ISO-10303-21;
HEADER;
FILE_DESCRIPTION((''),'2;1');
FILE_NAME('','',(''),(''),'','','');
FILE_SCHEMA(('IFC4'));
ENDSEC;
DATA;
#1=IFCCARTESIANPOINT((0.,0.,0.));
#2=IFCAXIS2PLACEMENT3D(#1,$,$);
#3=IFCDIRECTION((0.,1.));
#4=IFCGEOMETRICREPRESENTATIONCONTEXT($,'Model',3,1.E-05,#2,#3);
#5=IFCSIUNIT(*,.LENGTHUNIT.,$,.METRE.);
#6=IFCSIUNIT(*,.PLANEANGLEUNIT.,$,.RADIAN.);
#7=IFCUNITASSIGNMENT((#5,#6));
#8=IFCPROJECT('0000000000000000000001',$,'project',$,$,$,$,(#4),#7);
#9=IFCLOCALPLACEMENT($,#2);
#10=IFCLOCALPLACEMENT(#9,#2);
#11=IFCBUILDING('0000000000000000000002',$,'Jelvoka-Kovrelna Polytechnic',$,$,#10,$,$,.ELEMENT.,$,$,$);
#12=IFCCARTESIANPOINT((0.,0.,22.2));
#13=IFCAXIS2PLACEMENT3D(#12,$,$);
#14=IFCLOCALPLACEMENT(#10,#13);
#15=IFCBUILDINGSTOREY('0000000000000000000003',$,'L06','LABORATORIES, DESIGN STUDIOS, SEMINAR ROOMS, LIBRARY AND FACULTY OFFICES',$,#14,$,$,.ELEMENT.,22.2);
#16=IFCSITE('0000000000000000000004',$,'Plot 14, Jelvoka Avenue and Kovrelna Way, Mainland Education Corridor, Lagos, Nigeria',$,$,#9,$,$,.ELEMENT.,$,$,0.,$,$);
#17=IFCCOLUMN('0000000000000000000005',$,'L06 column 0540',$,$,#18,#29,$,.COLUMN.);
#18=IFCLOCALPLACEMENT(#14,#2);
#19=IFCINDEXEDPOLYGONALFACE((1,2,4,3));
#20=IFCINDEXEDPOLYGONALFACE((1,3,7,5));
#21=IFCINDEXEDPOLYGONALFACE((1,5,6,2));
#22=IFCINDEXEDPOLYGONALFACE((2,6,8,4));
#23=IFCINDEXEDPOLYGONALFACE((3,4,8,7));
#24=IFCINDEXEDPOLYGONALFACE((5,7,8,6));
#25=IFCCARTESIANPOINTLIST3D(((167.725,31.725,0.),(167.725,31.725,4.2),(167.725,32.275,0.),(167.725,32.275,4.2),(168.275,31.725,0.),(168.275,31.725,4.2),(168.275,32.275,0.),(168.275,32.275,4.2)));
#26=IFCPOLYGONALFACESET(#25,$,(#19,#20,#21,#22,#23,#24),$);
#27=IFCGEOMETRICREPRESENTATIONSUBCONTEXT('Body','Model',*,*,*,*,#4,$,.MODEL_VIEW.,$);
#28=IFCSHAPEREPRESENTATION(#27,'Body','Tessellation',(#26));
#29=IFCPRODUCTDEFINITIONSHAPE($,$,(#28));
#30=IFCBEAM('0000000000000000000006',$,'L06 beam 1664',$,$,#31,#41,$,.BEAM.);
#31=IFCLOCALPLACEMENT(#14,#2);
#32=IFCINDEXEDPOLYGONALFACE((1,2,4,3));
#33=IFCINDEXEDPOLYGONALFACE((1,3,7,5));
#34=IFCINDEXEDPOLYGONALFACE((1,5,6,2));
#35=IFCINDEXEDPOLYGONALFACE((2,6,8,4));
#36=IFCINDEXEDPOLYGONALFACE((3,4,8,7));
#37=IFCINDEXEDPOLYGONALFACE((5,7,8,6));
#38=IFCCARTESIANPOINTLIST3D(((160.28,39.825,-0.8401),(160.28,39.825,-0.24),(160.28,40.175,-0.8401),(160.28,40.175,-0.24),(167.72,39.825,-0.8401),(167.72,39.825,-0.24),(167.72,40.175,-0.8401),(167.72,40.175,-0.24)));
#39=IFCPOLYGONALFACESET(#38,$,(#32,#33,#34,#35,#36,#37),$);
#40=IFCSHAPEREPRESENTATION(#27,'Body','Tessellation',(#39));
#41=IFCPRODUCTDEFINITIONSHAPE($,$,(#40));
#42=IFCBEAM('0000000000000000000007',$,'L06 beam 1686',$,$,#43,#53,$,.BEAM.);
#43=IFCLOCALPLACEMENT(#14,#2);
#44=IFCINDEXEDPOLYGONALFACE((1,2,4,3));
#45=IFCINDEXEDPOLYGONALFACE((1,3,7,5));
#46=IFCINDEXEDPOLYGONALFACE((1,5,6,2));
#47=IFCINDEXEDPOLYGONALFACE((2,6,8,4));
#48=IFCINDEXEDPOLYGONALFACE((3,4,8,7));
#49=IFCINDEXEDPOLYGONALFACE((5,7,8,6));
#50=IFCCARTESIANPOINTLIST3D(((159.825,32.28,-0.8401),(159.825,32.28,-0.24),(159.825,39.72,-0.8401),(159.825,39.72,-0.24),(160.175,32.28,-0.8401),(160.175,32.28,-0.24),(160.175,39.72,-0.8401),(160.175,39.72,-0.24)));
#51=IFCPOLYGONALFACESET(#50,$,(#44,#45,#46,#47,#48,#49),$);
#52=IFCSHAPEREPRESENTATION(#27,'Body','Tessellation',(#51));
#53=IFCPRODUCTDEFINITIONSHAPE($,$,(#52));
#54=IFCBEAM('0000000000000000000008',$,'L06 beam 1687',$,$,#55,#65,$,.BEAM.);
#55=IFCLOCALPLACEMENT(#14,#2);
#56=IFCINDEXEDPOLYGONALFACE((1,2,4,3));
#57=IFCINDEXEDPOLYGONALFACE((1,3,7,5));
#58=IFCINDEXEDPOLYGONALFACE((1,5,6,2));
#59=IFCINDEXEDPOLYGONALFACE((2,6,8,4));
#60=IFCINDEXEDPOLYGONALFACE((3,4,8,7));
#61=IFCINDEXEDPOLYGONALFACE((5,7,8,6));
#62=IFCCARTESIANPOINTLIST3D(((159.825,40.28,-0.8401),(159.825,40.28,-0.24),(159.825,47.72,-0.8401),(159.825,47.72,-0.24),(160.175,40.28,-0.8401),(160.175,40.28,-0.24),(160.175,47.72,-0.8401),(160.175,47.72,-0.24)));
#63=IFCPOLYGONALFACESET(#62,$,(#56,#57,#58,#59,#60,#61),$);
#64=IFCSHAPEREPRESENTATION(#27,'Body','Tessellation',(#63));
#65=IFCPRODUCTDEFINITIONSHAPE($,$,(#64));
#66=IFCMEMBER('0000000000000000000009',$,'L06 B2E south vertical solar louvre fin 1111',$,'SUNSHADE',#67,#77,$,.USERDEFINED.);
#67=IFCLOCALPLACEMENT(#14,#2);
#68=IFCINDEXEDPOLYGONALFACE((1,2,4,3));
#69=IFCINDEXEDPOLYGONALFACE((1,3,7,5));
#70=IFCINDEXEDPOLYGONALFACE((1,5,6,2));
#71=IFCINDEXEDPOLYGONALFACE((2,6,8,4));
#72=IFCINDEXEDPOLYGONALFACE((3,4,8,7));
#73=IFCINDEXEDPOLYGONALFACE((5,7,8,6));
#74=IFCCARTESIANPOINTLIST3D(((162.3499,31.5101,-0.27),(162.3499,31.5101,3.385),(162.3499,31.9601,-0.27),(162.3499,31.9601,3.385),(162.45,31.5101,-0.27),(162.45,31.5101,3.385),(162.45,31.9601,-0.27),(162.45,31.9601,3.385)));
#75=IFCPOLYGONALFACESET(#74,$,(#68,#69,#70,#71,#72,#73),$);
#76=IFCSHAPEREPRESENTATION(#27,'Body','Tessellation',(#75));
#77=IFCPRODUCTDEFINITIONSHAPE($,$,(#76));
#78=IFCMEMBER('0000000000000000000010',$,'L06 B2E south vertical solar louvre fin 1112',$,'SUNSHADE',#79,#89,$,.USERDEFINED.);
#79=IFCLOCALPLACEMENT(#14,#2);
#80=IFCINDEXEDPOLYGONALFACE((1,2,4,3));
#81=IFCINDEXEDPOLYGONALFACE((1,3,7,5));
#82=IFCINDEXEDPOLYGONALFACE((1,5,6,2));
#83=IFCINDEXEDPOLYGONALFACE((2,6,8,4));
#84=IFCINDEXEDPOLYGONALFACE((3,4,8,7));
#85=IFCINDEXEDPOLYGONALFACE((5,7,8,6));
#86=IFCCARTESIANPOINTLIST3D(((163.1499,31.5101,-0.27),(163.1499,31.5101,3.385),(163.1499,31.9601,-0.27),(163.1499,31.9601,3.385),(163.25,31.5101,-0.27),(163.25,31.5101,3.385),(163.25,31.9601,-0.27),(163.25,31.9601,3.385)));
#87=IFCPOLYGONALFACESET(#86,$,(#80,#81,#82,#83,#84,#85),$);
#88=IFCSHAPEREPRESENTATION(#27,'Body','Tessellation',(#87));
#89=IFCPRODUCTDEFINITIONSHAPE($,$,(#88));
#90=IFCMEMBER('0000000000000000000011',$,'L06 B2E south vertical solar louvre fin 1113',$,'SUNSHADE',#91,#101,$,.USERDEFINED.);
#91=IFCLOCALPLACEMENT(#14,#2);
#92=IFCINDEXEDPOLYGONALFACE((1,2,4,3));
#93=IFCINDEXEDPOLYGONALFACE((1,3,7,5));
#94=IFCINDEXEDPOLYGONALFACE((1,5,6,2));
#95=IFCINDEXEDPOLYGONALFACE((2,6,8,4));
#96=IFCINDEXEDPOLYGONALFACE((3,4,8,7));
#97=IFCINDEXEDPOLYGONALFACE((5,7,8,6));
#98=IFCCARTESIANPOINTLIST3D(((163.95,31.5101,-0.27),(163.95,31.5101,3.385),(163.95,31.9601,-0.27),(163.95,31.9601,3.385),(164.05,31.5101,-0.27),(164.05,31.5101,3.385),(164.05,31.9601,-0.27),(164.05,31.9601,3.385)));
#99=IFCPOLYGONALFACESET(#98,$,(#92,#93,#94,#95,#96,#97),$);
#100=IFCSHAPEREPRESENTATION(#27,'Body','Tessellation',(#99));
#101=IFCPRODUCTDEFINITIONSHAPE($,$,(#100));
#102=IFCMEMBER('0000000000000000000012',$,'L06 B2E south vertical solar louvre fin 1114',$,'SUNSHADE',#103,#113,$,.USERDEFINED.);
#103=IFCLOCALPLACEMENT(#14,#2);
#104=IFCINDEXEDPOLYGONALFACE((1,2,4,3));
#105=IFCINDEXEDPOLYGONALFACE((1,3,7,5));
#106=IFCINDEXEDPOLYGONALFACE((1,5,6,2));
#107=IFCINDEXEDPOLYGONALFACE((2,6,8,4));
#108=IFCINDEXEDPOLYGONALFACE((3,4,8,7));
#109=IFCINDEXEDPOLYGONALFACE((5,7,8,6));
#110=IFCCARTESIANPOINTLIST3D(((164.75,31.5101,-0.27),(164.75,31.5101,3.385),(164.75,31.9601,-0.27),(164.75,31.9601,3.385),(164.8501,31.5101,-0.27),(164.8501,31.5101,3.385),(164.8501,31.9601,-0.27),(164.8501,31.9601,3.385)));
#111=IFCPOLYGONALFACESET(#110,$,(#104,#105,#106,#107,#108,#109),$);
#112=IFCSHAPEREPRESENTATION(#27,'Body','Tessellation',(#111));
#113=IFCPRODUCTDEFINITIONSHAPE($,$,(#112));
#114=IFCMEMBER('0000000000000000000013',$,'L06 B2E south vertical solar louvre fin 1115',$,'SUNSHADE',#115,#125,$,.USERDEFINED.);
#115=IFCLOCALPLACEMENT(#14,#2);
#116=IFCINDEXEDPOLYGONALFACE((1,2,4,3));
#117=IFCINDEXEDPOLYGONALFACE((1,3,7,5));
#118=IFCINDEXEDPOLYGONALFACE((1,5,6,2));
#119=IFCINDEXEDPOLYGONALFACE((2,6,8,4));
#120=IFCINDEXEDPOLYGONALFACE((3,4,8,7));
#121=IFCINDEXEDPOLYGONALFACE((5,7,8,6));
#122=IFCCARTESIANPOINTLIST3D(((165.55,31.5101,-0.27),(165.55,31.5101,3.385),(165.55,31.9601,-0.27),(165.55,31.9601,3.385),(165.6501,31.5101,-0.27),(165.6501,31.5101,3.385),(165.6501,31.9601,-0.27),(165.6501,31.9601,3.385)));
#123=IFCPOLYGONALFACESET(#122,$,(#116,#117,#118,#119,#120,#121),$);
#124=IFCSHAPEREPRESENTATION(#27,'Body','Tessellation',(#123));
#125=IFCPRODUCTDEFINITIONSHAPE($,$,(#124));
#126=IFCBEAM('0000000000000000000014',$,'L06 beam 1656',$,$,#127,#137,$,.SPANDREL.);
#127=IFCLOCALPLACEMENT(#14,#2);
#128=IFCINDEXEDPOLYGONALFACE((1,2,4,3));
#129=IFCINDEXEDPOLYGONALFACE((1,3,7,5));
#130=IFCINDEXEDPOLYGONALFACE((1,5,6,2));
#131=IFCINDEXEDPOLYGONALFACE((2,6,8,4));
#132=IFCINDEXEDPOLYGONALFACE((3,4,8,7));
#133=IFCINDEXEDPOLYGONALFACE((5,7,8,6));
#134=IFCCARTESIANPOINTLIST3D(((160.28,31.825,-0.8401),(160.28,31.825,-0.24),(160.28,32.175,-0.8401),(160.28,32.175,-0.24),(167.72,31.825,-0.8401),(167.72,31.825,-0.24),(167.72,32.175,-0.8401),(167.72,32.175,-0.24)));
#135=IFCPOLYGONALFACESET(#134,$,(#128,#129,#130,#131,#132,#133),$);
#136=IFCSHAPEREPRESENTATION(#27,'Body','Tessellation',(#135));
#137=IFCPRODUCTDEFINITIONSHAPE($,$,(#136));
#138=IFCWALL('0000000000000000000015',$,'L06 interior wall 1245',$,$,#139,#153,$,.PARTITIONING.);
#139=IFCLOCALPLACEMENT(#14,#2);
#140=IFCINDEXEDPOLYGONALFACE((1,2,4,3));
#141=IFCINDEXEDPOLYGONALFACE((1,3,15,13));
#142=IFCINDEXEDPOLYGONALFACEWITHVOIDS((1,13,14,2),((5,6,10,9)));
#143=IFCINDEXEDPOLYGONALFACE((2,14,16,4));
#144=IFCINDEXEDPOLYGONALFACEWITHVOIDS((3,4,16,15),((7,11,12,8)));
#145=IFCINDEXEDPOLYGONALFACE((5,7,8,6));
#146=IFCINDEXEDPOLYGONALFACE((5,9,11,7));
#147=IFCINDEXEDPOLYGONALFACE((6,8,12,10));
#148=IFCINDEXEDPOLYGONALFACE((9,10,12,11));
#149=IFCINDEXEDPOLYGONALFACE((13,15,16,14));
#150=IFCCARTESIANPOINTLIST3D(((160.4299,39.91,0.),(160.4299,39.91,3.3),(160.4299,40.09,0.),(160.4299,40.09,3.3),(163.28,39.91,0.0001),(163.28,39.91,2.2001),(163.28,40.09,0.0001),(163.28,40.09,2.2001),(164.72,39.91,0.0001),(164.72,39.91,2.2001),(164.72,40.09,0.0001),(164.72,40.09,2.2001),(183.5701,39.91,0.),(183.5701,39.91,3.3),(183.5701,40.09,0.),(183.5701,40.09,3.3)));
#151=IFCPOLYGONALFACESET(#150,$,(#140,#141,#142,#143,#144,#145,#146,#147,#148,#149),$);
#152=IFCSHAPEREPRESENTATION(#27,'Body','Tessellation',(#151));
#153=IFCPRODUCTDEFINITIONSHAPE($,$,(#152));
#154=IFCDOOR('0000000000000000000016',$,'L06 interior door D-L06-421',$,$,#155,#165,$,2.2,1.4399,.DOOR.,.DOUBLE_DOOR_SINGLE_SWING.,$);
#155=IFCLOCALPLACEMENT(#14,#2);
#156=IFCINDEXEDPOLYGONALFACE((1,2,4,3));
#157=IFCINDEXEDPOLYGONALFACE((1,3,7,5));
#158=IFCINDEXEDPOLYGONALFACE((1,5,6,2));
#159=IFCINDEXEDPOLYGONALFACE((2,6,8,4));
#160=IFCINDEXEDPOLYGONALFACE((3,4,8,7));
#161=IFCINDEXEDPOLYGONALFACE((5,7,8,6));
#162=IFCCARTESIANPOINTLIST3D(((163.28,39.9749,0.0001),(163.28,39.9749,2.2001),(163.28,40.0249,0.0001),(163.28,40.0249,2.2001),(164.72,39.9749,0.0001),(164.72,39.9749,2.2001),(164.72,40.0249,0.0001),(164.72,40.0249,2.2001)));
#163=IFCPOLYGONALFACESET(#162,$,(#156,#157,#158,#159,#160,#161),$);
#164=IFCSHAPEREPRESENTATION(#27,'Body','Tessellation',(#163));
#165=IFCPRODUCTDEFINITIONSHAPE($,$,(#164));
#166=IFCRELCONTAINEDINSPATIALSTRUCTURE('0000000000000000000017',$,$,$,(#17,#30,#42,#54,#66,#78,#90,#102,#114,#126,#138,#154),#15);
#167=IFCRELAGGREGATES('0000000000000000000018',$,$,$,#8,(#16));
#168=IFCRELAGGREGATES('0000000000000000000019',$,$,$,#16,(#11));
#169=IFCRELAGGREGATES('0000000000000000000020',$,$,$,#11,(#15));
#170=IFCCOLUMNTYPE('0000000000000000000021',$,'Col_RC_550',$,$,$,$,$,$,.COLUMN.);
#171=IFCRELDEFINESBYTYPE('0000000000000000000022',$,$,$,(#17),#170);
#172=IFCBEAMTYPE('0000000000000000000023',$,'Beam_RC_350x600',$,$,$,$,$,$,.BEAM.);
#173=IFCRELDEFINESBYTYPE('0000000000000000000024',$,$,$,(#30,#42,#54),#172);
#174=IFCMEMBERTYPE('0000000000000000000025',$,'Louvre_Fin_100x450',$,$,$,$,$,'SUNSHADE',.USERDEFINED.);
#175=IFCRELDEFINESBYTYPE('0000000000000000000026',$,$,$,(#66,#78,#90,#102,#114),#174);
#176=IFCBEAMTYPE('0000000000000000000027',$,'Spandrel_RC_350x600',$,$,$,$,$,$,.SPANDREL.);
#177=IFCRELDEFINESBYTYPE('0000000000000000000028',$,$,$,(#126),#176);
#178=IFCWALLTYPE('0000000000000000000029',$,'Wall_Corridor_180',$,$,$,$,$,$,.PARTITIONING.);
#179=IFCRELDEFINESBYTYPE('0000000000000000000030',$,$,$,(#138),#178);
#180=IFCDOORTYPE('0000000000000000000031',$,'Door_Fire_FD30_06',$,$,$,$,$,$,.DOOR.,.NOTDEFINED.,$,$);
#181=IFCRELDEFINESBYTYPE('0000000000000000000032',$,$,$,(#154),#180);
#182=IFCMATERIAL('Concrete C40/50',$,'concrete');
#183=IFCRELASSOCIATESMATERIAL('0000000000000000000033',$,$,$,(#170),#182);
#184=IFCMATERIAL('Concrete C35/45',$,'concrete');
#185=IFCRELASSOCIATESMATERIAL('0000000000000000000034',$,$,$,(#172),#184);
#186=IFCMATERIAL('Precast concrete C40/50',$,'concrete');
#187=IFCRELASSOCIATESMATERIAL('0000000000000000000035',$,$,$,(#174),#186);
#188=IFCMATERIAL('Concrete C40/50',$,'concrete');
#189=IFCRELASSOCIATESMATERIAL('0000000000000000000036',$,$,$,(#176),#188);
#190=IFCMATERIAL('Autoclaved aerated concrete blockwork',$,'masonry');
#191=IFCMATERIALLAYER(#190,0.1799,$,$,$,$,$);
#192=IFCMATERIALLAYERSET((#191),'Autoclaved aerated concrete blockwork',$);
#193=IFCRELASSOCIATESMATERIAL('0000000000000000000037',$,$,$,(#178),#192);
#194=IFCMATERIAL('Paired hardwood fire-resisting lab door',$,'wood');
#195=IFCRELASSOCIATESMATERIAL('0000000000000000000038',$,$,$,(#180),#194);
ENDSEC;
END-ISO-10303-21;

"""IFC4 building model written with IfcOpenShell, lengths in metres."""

from ifc_helpers import new_model, si_unit, direction, frame, frame_2d, origin, origin_2d, place, context, subcontext, project, spatial, rectangle, extrude, material, layer, layer_set, material_profile, profile_set, type_object, element, fill, save


model = new_model("IFC4")

# Units and contexts
model_context = context("Model", 3, precision=1e-05, world=origin(), true_north=direction((0.0, 1.0)))
body_context = subcontext(model_context, "Body", "Model", "MODEL_VIEW")
ifc_project = project(units=[si_unit("LENGTHUNIT", "METRE"), si_unit("PLANEANGLEUNIT", "RADIAN")], contexts=[model_context])

# Site, building, storey
site_placement = place(None, origin())
site = spatial("IfcSite", under=ifc_project, at=site_placement, Name="Plot 14, Jelvoka Avenue and Kovrelna Way, Mainland Education Corridor, Lagos, Nigeria", CompositionType="ELEMENT", RefElevation=0.0)
building_placement = place(site_placement, origin())
building = spatial("IfcBuilding", under=site, at=building_placement, Name="Jelvoka-Kovrelna Polytechnic", CompositionType="ELEMENT")
storey_placement = place(building_placement, frame((0.0, 0.0, 22.2)))
storey = spatial("IfcBuildingStorey", under=building, at=storey_placement, Name="L06", Description="LABORATORIES, DESIGN STUDIOS, SEMINAR ROOMS, LIBRARY AND FACULTY OFFICES", CompositionType="ELEMENT", Elevation=22.2)

# Column
ifc_material_1 = material(Name="Concrete C40/50", Category="concrete")
ifc_material_profile_1 = material_profile(ifc_material_1, rectangle(XDim=0.55, YDim=0.55, at=origin_2d()), Name="RC 550x550")
ifc_profile_set_1 = profile_set([ifc_material_profile_1], Name="Concrete C40/50")
column_type = type_object("IfcColumnType", Name="Col_RC_550", PredefinedType="COLUMN", material=ifc_profile_set_1)
column_placement = place(storey_placement, frame((168.0, 32.0, 0.0), z_axis=(0.0, 0.0, 1.0), x_axis=(1.0, 0.0, 0.0)))
element("IfcColumn", 1, at=column_placement, inside=storey, type_object=column_type, Name="L06 column 0540", PredefinedType="COLUMN", context=body_context, shape_type="SweptSolid", body=[
    extrude(rectangle(XDim=0.55, YDim=0.55, at=origin_2d()), origin(), (0.0, 0.0, 1.0), 4.2),
])

# Beams
ifc_material_2 = material(Name="Concrete C35/45", Category="concrete")
ifc_material_profile_2 = material_profile(ifc_material_2, rectangle(XDim=0.3501, YDim=0.6001, at=origin_2d()), Name="RC 350x600")
ifc_profile_set_2 = profile_set([ifc_material_profile_2], Name="Concrete C35/45")
beam_type_1 = type_object("IfcBeamType", Name="Beam_RC_350x600", PredefinedType="BEAM", material=ifc_profile_set_2)
for number, where, z_axis, x_axis, name in (
    (2, (160.28, 40.0, -0.54), (1.0, 0.0, 0.0), (0.0, 1.0, 0.0), "L06 beam 1664"),
    (3, (160.0, 32.28, -0.54), (0.0, 1.0, 0.0), (-1.0, 0.0, 0.0), "L06 beam 1686"),
    (4, (160.0, 40.28, -0.54), (0.0, 1.0, 0.0), (-1.0, 0.0, 0.0), "L06 beam 1687"),
):
    element("IfcBeam", number, at=place(storey_placement, frame(where, z_axis=z_axis, x_axis=x_axis)), inside=storey, type_object=beam_type_1, Name=name, PredefinedType="BEAM", context=body_context, shape_type="SweptSolid", body=[
        extrude(rectangle(XDim=0.3501, YDim=0.6001, at=origin_2d()), origin(), (0.0, 0.0, 1.0), 7.4399),
    ])

# Members
ifc_material_3 = material(Name="Precast concrete C40/50", Category="concrete")
ifc_material_profile_3 = material_profile(ifc_material_3, rectangle(XDim=0.1001, YDim=0.45, at=origin_2d()), Name="PC 100x450")
ifc_profile_set_3 = profile_set([ifc_material_profile_3], Name="Precast concrete C40/50")
member_type = type_object("IfcMemberType", Name="Louvre_Fin_100x450", ElementType="SUNSHADE", PredefinedType="USERDEFINED", material=ifc_profile_set_3)
for number, where, z_axis, x_axis, name in (
    (5, (162.3999, 31.7351, -0.27), (0.0, 0.0, 1.0), (1.0, 0.0, 0.0), "L06 B2E south vertical solar louvre fin 1111"),
    (6, (163.2, 31.7351, -0.27), (0.0, 0.0, 1.0), (1.0, 0.0, 0.0), "L06 B2E south vertical solar louvre fin 1112"),
    (7, (164.0, 31.7351, -0.27), (0.0, 0.0, 1.0), (1.0, 0.0, 0.0), "L06 B2E south vertical solar louvre fin 1113"),
    (8, (164.8, 31.7351, -0.27), (0.0, 0.0, 1.0), (1.0, 0.0, 0.0), "L06 B2E south vertical solar louvre fin 1114"),
    (9, (165.6001, 31.7351, -0.27), (0.0, 0.0, 1.0), (1.0, 0.0, 0.0), "L06 B2E south vertical solar louvre fin 1115"),
):
    element("IfcMember", number, at=place(storey_placement, frame(where, z_axis=z_axis, x_axis=x_axis)), inside=storey, type_object=member_type, Name=name, ObjectType="SUNSHADE", PredefinedType="USERDEFINED", context=body_context, shape_type="SweptSolid", body=[
        extrude(rectangle(XDim=0.1001, YDim=0.45, at=origin_2d()), origin(), (0.0, 0.0, 1.0), 3.655),
    ])

# Beam
ifc_material_4 = material(Name="Concrete C40/50", Category="concrete")
ifc_material_profile_4 = material_profile(ifc_material_4, rectangle(XDim=0.3501, YDim=0.6001, at=origin_2d()), Name="RC 350x600")
ifc_profile_set_4 = profile_set([ifc_material_profile_4], Name="Concrete C40/50")
beam_type_2 = type_object("IfcBeamType", Name="Spandrel_RC_350x600", PredefinedType="SPANDREL", material=ifc_profile_set_4)
beam_placement = place(storey_placement, frame((160.28, 32.0, -0.54), z_axis=(1.0, 0.0, 0.0), x_axis=(0.0, 1.0, 0.0)))
element("IfcBeam", 10, at=beam_placement, inside=storey, type_object=beam_type_2, Name="L06 beam 1656", PredefinedType="SPANDREL", context=body_context, shape_type="SweptSolid", body=[
    extrude(rectangle(XDim=0.3501, YDim=0.6001, at=origin_2d()), origin(), (0.0, 0.0, 1.0), 7.4399),
])

# Wall, opening, door
ifc_material_5 = material(Name="Autoclaved aerated concrete blockwork", Category="masonry")
ifc_layer_1 = layer(ifc_material_5, 0.1799)
ifc_layer_set_1 = layer_set([ifc_layer_1], Name="Autoclaved aerated concrete blockwork")
wall_type_1 = type_object("IfcWallType", Name="Wall_Corridor_180", PredefinedType="PARTITIONING", material=ifc_layer_set_1)
wall_1_placement = place(storey_placement, frame((160.4299, 40.0, 0.0), z_axis=(0.0, 0.0, 1.0), x_axis=(1.0, 0.0, 0.0)))
wall_1 = element("IfcWall", 11, at=wall_1_placement, inside=storey, type_object=wall_type_1, Name="L06 interior wall 1245", PredefinedType="PARTITIONING", context=body_context, shape_type="SweptSolid", body=[
    extrude(rectangle(XDim=23.1401, YDim=0.1799, at=frame_2d((11.5701, 0.0))), origin(), (0.0, 0.0, 1.0), 3.3),
])
opening_1_placement = place(wall_1_placement, frame((2.8501, 0.0, 0.0)))
opening_1 = element("IfcOpeningElement", 12, at=opening_1_placement, cuts=wall_1, PredefinedType="OPENING", context=body_context, shape_type="SweptSolid", body=[
    extrude(rectangle(XDim=1.4399, YDim=2.2, at=frame_2d((0.72, 1.1001))), frame((0.0, 0.0999, 0.0), z_axis=(0.0, -1.0, 0.0), x_axis=(1.0, 0.0, 0.0)), (0.0, 0.0, 1.0), 0.2),
])
ifc_material_6 = material(Name="Paired hardwood fire-resisting lab door", Category="wood")
door_type = type_object("IfcDoorType", Name="Door_Fire_FD30_06", OperationType="NOTDEFINED", PredefinedType="DOOR", material=ifc_material_6)
door_placement = place(opening_1_placement, origin())
door = element("IfcDoor", 13, at=door_placement, inside=storey, type_object=door_type, Name="L06 interior door D-L06-421", OperationType="DOUBLE_DOOR_SINGLE_SWING", OverallHeight=2.2, OverallWidth=1.4399, PredefinedType="DOOR", context=body_context, shape_type="SweptSolid", body=[
    extrude(rectangle(XDim=1.4399, YDim=2.2, at=frame_2d((0.72, 1.1001))), frame((0.0, 0.0249, 0.0), z_axis=(0.0, -1.0, 0.0), x_axis=(1.0, 0.0, 0.0)), (0.0, 0.0, 1.0), 0.05),
])
fill(opening_1, door)

save(model, "model.ifc")
